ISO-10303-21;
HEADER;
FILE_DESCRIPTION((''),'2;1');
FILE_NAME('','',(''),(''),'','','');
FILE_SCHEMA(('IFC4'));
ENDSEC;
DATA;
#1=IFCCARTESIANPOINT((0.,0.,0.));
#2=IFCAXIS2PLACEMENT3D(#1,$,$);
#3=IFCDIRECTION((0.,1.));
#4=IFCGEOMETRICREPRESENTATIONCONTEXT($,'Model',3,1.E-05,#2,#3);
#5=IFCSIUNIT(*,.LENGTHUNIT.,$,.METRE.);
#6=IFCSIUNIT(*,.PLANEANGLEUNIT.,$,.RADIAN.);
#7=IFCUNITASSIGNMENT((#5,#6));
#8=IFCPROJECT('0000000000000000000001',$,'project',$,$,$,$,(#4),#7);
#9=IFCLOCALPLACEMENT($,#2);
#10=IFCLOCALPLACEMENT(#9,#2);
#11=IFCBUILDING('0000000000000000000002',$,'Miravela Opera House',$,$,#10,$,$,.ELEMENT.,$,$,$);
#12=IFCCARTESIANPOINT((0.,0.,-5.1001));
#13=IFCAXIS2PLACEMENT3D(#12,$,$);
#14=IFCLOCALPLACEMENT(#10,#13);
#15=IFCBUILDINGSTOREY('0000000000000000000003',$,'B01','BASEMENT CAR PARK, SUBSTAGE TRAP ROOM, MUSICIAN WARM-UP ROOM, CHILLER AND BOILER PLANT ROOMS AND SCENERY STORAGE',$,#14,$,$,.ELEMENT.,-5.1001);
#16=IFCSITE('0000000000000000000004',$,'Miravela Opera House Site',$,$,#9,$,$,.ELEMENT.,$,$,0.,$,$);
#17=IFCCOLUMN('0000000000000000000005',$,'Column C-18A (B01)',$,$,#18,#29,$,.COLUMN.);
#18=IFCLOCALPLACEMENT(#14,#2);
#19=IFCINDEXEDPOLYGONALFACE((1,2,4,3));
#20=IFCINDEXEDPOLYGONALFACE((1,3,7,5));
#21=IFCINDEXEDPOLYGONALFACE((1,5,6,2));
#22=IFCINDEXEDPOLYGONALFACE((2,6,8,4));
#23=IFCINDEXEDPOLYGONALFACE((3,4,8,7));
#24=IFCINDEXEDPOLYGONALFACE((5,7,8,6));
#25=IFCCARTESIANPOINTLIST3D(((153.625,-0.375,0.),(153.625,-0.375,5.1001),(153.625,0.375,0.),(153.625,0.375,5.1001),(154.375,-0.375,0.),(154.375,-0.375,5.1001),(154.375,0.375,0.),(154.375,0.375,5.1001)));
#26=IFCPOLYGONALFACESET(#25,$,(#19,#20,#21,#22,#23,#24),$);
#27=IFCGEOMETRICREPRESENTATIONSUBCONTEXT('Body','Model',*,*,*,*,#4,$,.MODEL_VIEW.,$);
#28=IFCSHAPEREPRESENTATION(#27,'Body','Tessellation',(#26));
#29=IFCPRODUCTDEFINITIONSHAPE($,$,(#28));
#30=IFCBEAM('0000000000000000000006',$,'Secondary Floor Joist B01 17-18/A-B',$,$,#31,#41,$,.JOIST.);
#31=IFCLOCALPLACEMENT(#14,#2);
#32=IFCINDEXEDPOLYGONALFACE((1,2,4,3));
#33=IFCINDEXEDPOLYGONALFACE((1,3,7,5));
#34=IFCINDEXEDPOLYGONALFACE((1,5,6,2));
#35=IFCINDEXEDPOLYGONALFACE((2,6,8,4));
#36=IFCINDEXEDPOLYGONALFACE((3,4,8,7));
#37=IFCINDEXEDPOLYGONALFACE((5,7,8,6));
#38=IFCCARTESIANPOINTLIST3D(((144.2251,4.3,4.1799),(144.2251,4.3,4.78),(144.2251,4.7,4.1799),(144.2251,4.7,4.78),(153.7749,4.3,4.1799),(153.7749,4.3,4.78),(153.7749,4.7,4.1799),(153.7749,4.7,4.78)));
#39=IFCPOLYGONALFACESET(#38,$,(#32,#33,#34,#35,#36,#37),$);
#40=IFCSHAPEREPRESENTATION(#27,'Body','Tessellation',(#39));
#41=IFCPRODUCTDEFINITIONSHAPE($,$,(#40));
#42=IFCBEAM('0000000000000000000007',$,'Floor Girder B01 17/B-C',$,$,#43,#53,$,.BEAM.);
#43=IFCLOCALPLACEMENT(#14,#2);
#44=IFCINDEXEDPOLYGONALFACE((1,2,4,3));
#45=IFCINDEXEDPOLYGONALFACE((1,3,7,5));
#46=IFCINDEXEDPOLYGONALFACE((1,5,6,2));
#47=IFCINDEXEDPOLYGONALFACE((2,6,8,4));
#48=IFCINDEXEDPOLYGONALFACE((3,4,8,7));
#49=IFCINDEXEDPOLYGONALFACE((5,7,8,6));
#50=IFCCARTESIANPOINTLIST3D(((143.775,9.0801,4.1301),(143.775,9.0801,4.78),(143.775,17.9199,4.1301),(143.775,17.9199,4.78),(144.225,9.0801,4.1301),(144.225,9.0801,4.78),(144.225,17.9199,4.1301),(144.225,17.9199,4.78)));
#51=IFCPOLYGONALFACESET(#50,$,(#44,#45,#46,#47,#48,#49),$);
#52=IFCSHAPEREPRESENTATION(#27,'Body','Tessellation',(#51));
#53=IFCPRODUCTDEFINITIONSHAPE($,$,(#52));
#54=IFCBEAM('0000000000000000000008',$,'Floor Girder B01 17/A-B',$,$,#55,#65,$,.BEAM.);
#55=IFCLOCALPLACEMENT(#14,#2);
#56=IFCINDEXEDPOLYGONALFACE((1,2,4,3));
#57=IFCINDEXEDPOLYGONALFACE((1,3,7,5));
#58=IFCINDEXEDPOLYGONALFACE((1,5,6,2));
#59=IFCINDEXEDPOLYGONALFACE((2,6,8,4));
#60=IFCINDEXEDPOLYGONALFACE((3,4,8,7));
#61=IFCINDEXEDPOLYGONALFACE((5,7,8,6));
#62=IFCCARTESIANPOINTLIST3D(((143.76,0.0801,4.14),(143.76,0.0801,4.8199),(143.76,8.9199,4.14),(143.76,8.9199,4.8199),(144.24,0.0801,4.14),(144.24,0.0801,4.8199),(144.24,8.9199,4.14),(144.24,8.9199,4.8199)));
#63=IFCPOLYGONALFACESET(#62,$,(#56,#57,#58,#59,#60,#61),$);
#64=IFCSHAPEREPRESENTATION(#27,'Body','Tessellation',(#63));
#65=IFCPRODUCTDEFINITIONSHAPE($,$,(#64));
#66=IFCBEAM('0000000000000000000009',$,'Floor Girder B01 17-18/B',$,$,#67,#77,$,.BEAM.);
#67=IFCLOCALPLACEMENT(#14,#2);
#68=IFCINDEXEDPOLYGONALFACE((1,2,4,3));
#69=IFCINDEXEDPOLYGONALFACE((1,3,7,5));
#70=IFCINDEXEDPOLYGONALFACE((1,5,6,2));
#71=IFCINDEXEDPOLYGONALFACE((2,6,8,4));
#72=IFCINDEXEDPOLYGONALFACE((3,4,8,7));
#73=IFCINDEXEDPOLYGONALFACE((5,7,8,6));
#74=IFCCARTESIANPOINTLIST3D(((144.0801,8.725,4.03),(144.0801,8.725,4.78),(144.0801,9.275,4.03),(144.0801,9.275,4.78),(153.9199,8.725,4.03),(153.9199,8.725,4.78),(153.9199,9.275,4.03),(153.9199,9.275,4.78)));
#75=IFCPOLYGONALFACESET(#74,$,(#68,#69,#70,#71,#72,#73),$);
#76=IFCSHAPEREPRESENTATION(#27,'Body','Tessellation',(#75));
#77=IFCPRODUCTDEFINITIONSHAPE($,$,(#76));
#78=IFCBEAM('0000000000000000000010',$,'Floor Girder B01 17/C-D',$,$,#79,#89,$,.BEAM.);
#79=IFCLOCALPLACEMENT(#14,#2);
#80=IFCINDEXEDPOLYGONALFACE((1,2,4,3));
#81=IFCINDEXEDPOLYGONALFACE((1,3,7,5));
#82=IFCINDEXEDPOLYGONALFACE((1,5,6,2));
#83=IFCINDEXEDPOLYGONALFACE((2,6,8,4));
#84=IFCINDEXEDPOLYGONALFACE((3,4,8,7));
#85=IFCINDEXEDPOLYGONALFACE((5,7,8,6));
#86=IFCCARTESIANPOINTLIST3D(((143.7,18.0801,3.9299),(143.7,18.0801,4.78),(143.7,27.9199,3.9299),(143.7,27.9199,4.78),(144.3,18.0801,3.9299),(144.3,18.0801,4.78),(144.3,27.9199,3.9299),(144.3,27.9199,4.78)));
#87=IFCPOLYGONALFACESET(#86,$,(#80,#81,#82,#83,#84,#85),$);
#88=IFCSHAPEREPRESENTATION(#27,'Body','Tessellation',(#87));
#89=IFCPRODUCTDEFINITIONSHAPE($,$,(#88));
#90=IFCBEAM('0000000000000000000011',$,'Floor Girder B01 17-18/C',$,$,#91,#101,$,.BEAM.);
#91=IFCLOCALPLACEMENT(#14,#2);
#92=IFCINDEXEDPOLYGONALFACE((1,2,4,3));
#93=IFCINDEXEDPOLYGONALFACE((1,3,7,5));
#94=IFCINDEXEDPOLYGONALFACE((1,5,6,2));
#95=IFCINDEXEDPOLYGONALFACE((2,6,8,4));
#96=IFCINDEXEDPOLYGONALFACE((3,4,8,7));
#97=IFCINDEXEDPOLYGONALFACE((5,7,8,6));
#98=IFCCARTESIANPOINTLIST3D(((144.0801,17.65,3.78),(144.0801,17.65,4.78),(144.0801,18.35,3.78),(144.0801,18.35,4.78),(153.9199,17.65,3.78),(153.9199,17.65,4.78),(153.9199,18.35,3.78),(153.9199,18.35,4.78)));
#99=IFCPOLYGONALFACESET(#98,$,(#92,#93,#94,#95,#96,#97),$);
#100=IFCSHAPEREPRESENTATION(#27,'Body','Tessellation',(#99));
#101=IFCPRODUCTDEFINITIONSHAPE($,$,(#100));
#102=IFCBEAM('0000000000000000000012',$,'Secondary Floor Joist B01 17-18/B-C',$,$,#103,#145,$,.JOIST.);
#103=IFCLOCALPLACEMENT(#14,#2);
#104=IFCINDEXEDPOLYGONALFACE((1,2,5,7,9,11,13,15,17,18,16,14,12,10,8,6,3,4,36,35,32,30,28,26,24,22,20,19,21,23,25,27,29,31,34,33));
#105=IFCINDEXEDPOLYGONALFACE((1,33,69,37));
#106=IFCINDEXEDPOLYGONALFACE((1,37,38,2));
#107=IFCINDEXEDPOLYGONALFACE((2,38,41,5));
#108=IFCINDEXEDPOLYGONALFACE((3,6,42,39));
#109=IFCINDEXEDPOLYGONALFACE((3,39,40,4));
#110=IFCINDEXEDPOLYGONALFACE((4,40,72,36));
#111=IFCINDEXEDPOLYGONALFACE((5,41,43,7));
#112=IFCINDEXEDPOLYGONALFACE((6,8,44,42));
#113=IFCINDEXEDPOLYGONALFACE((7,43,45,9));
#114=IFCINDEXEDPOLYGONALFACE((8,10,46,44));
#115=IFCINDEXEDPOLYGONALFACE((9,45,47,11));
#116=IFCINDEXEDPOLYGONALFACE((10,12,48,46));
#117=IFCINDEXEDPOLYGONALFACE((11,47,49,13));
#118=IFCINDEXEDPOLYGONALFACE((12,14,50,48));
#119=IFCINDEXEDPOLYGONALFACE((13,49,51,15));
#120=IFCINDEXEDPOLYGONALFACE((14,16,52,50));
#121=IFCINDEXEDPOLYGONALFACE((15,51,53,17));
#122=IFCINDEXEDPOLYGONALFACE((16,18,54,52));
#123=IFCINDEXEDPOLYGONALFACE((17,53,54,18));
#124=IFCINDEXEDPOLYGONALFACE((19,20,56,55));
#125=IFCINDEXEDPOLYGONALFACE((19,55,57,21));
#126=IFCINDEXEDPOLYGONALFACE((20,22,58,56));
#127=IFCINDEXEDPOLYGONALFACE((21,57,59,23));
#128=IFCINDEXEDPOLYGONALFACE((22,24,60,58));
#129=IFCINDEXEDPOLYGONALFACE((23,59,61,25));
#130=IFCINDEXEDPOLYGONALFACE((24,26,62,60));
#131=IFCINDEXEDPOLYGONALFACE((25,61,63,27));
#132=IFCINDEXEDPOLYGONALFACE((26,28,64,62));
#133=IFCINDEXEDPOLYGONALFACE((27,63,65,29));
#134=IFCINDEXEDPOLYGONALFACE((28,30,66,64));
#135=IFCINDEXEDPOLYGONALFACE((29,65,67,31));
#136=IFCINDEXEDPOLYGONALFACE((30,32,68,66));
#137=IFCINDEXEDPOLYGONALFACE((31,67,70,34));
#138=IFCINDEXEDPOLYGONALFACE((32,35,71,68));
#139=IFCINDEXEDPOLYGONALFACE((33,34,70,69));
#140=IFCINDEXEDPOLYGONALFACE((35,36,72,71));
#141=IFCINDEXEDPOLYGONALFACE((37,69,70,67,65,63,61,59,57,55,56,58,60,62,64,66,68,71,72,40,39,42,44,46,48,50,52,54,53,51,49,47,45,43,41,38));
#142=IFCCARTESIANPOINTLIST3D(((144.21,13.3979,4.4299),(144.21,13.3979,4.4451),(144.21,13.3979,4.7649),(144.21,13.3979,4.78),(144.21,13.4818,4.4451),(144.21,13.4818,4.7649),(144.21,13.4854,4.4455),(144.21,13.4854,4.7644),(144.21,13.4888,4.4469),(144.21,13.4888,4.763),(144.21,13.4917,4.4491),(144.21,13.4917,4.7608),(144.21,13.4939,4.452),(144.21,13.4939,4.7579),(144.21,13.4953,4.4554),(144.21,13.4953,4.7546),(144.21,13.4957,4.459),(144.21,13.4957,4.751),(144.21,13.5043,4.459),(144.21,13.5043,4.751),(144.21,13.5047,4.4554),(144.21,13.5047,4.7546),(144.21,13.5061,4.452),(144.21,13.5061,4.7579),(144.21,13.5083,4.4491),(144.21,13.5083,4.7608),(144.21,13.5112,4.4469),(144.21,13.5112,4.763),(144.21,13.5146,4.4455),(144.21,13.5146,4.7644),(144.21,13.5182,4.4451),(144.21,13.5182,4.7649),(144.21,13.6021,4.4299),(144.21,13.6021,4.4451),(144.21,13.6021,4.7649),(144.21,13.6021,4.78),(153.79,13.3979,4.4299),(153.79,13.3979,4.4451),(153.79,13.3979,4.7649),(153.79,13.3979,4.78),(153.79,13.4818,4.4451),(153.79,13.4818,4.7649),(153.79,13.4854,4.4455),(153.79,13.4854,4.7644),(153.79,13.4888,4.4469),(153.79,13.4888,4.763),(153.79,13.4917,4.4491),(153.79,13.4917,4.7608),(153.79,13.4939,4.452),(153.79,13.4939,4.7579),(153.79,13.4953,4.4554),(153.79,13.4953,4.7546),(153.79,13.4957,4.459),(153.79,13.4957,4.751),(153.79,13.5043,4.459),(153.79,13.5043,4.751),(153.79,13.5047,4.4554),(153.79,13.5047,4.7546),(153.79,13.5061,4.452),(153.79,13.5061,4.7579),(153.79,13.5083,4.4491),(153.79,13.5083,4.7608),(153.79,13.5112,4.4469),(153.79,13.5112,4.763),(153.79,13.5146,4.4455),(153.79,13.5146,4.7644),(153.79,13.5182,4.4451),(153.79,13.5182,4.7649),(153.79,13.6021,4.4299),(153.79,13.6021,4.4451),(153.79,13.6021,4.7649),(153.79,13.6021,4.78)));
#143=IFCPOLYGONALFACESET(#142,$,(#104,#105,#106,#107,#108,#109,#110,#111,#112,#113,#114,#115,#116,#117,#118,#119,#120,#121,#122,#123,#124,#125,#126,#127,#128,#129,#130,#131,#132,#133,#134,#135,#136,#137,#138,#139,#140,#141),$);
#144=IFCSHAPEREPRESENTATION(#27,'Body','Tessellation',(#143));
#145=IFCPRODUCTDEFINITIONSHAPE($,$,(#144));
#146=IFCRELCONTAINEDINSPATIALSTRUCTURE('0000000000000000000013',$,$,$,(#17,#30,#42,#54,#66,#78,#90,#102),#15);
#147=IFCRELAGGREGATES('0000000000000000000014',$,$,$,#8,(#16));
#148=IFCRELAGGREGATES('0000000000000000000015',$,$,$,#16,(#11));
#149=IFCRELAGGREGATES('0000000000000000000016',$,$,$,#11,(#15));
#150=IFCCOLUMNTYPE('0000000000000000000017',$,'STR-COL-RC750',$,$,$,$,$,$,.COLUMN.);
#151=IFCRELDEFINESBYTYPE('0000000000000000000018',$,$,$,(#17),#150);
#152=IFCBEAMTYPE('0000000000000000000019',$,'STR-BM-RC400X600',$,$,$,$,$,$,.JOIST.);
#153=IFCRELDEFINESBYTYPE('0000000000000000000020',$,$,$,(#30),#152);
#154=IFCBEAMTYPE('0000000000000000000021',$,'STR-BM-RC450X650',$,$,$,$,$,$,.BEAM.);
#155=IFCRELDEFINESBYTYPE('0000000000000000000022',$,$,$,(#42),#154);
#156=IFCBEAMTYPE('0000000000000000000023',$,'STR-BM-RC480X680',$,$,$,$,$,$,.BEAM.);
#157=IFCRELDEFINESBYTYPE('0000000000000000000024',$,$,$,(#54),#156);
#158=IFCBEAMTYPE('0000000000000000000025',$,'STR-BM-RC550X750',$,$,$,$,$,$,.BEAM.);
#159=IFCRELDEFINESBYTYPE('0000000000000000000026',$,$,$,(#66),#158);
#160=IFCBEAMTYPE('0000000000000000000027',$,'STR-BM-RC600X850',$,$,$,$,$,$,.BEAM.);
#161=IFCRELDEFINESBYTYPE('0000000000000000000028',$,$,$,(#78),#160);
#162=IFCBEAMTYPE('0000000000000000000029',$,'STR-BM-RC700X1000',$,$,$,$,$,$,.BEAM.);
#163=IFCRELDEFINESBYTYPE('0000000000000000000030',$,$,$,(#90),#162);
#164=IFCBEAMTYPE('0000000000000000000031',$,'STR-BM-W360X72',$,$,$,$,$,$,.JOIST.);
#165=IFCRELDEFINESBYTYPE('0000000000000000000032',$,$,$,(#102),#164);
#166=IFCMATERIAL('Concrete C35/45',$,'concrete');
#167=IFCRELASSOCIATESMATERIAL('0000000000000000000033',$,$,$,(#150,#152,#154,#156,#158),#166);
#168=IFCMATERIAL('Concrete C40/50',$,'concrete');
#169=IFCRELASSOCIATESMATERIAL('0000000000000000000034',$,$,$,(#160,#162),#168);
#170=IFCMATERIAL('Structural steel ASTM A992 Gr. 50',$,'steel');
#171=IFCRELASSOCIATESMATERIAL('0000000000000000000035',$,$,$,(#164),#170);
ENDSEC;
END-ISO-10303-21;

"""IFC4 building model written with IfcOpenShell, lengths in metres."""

from ifc_helpers import new_model, si_unit, direction, frame, origin, origin_2d, place, context, subcontext, project, spatial, rectangle, i_section, extrude, material, material_profile, profile_set, type_object, element, save


model = new_model("IFC4")

# Units and contexts
model_context = context("Model", 3, precision=1e-05, world=origin(), true_north=direction((0.0, 1.0)))
body_context = subcontext(model_context, "Body", "Model", "MODEL_VIEW")
ifc_project = project(units=[si_unit("LENGTHUNIT", "METRE"), si_unit("PLANEANGLEUNIT", "RADIAN")], contexts=[model_context])

# Site, building, storey
site_placement = place(None, origin())
site = spatial("IfcSite", under=ifc_project, at=site_placement, Name="Miravela Opera House Site", CompositionType="ELEMENT", RefElevation=0.0)
building_placement = place(site_placement, origin())
building = spatial("IfcBuilding", under=site, at=building_placement, Name="Miravela Opera House", CompositionType="ELEMENT")
storey_placement = place(building_placement, frame((0.0, 0.0, -5.1001)))
storey = spatial("IfcBuildingStorey", under=building, at=storey_placement, Name="B01", Description="BASEMENT CAR PARK, SUBSTAGE TRAP ROOM, MUSICIAN WARM-UP ROOM, CHILLER AND BOILER PLANT ROOMS AND SCENERY STORAGE", CompositionType="ELEMENT", Elevation=-5.1001)

# Shared definitions
ifc_material_1 = material(Name="Concrete C35/45", Category="concrete")

# Column
ifc_material_profile_1 = material_profile(ifc_material_1, rectangle(XDim=0.75, YDim=0.75, at=origin_2d()), Name="RC-COL-750X750")
ifc_profile_set_1 = profile_set([ifc_material_profile_1])
column_type = type_object("IfcColumnType", Name="STR-COL-RC750", PredefinedType="COLUMN", material=ifc_profile_set_1)
for number, where, z_axis, x_axis, name in (
    (1, (154.0, 0.0, 0.0), (0.0, 0.0, 1.0), (1.0, 0.0, 0.0), "Column C-18A (B01)"),
):
    element("IfcColumn", number, at=place(storey_placement, frame(where, z_axis=z_axis, x_axis=x_axis)), inside=storey, type_object=column_type, Name=name, PredefinedType="COLUMN", context=body_context, shape_type="SweptSolid", body=[
        extrude(rectangle(XDim=0.75, YDim=0.75, at=origin_2d()), origin(), (0.0, 0.0, 1.0), 5.1001),
    ])

# Beams
ifc_material_profile_2 = material_profile(ifc_material_1, rectangle(XDim=0.3999, YDim=0.6001, at=origin_2d()), Name="RC-BM-400X600")
ifc_profile_set_2 = profile_set([ifc_material_profile_2])
beam_type_1 = type_object("IfcBeamType", Name="STR-BM-RC400X600", PredefinedType="JOIST", material=ifc_profile_set_2)
beam_1_placement = place(storey_placement, frame((144.2251, 4.5, 4.48), z_axis=(1.0, 0.0, 0.0), x_axis=(0.0, 1.0, 0.0)))
element("IfcBeam", 2, at=beam_1_placement, inside=storey, type_object=beam_type_1, Name="Secondary Floor Joist B01 17-18/A-B", PredefinedType="JOIST", context=body_context, shape_type="SweptSolid", body=[
    extrude(rectangle(XDim=0.3999, YDim=0.6001, at=origin_2d()), origin(), (0.0, 0.0, 1.0), 9.5498),
])
ifc_material_profile_3 = material_profile(ifc_material_1, rectangle(XDim=0.45, YDim=0.6499, at=origin_2d()), Name="RC-BM-450X650")
ifc_profile_set_3 = profile_set([ifc_material_profile_3])
beam_type_2 = type_object("IfcBeamType", Name="STR-BM-RC450X650", PredefinedType="BEAM", material=ifc_profile_set_3)
beam_2_placement = place(storey_placement, frame((144.0, 9.0801, 4.4551), z_axis=(0.0, 1.0, 0.0), x_axis=(-1.0, 0.0, 0.0)))
element("IfcBeam", 3, at=beam_2_placement, inside=storey, type_object=beam_type_2, Name="Floor Girder B01 17/B-C", PredefinedType="BEAM", context=body_context, shape_type="SweptSolid", body=[
    extrude(rectangle(XDim=0.45, YDim=0.6499, at=origin_2d()), origin(), (0.0, 0.0, 1.0), 8.8398),
])
ifc_material_profile_4 = material_profile(ifc_material_1, rectangle(XDim=0.48, YDim=0.6799, at=origin_2d()), Name="RC-BM-480X680")
ifc_profile_set_4 = profile_set([ifc_material_profile_4])
beam_type_3 = type_object("IfcBeamType", Name="STR-BM-RC480X680", PredefinedType="BEAM", material=ifc_profile_set_4)
beam_3_placement = place(storey_placement, frame((144.0, 0.0801, 4.48), z_axis=(0.0, 1.0, 0.0), x_axis=(-1.0, 0.0, 0.0)))
element("IfcBeam", 4, at=beam_3_placement, inside=storey, type_object=beam_type_3, Name="Floor Girder B01 17/A-B", PredefinedType="BEAM", context=body_context, shape_type="SweptSolid", body=[
    extrude(rectangle(XDim=0.48, YDim=0.6799, at=origin_2d()), origin(), (0.0, 0.0, 1.0), 8.8398),
])
ifc_material_profile_5 = material_profile(ifc_material_1, rectangle(XDim=0.55, YDim=0.75, at=origin_2d()), Name="RC-BM-550X750")
ifc_profile_set_5 = profile_set([ifc_material_profile_5])
beam_type_4 = type_object("IfcBeamType", Name="STR-BM-RC550X750", PredefinedType="BEAM", material=ifc_profile_set_5)
beam_4_placement = place(storey_placement, frame((144.0801, 9.0, 4.405), z_axis=(1.0, 0.0, 0.0), x_axis=(0.0, 1.0, 0.0)))
element("IfcBeam", 5, at=beam_4_placement, inside=storey, type_object=beam_type_4, Name="Floor Girder B01 17-18/B", PredefinedType="BEAM", context=body_context, shape_type="SweptSolid", body=[
    extrude(rectangle(XDim=0.55, YDim=0.75, at=origin_2d()), origin(), (0.0, 0.0, 1.0), 9.8398),
])
ifc_material_2 = material(Name="Concrete C40/50", Category="concrete")
ifc_material_profile_6 = material_profile(ifc_material_2, rectangle(XDim=0.6001, YDim=0.8501, at=origin_2d()), Name="RC-BM-600X850")
ifc_profile_set_6 = profile_set([ifc_material_profile_6])
beam_type_5 = type_object("IfcBeamType", Name="STR-BM-RC600X850", PredefinedType="BEAM", material=ifc_profile_set_6)
beam_5_placement = place(storey_placement, frame((144.0, 18.0801, 4.355), z_axis=(0.0, 1.0, 0.0), x_axis=(-1.0, 0.0, 0.0)))
element("IfcBeam", 6, at=beam_5_placement, inside=storey, type_object=beam_type_5, Name="Floor Girder B01 17/C-D", PredefinedType="BEAM", context=body_context, shape_type="SweptSolid", body=[
    extrude(rectangle(XDim=0.6001, YDim=0.8501, at=origin_2d()), origin(), (0.0, 0.0, 1.0), 9.8398),
])
ifc_material_profile_7 = material_profile(ifc_material_2, rectangle(XDim=0.7, YDim=1.0, at=origin_2d()), Name="RC-BM-700X1000")
ifc_profile_set_7 = profile_set([ifc_material_profile_7])
beam_type_6 = type_object("IfcBeamType", Name="STR-BM-RC700X1000", PredefinedType="BEAM", material=ifc_profile_set_7)
beam_6_placement = place(storey_placement, frame((144.0801, 18.0, 4.28), z_axis=(1.0, 0.0, 0.0), x_axis=(0.0, 1.0, 0.0)))
element("IfcBeam", 7, at=beam_6_placement, inside=storey, type_object=beam_type_6, Name="Floor Girder B01 17-18/C", PredefinedType="BEAM", context=body_context, shape_type="SweptSolid", body=[
    extrude(rectangle(XDim=0.7, YDim=1.0, at=origin_2d()), origin(), (0.0, 0.0, 1.0), 9.8398),
])
ifc_material_3 = material(Name="Structural steel ASTM A992 Gr. 50", Category="steel")
ifc_material_profile_8 = material_profile(ifc_material_3, i_section(OverallWidth=0.2041, OverallDepth=0.3501, WebThickness=0.0085, FlangeThickness=0.0151, FilletRadius=0.0139, at=origin_2d()), Name="W360X72")
ifc_profile_set_8 = profile_set([ifc_material_profile_8])
beam_type_7 = type_object("IfcBeamType", Name="STR-BM-W360X72", PredefinedType="JOIST", material=ifc_profile_set_8)
beam_7_placement = place(storey_placement, frame((144.21, 13.5, 4.605), z_axis=(1.0, 0.0, 0.0), x_axis=(0.0, 1.0, 0.0)))
element("IfcBeam", 8, at=beam_7_placement, inside=storey, type_object=beam_type_7, Name="Secondary Floor Joist B01 17-18/B-C", PredefinedType="JOIST", context=body_context, shape_type="SweptSolid", body=[
    extrude(i_section(OverallWidth=0.2041, OverallDepth=0.3501, WebThickness=0.0085, FlangeThickness=0.0151, FilletRadius=0.0139, at=origin_2d()), origin(), (0.0, 0.0, 1.0), 9.5801),
])

save(model, "model.ifc")
